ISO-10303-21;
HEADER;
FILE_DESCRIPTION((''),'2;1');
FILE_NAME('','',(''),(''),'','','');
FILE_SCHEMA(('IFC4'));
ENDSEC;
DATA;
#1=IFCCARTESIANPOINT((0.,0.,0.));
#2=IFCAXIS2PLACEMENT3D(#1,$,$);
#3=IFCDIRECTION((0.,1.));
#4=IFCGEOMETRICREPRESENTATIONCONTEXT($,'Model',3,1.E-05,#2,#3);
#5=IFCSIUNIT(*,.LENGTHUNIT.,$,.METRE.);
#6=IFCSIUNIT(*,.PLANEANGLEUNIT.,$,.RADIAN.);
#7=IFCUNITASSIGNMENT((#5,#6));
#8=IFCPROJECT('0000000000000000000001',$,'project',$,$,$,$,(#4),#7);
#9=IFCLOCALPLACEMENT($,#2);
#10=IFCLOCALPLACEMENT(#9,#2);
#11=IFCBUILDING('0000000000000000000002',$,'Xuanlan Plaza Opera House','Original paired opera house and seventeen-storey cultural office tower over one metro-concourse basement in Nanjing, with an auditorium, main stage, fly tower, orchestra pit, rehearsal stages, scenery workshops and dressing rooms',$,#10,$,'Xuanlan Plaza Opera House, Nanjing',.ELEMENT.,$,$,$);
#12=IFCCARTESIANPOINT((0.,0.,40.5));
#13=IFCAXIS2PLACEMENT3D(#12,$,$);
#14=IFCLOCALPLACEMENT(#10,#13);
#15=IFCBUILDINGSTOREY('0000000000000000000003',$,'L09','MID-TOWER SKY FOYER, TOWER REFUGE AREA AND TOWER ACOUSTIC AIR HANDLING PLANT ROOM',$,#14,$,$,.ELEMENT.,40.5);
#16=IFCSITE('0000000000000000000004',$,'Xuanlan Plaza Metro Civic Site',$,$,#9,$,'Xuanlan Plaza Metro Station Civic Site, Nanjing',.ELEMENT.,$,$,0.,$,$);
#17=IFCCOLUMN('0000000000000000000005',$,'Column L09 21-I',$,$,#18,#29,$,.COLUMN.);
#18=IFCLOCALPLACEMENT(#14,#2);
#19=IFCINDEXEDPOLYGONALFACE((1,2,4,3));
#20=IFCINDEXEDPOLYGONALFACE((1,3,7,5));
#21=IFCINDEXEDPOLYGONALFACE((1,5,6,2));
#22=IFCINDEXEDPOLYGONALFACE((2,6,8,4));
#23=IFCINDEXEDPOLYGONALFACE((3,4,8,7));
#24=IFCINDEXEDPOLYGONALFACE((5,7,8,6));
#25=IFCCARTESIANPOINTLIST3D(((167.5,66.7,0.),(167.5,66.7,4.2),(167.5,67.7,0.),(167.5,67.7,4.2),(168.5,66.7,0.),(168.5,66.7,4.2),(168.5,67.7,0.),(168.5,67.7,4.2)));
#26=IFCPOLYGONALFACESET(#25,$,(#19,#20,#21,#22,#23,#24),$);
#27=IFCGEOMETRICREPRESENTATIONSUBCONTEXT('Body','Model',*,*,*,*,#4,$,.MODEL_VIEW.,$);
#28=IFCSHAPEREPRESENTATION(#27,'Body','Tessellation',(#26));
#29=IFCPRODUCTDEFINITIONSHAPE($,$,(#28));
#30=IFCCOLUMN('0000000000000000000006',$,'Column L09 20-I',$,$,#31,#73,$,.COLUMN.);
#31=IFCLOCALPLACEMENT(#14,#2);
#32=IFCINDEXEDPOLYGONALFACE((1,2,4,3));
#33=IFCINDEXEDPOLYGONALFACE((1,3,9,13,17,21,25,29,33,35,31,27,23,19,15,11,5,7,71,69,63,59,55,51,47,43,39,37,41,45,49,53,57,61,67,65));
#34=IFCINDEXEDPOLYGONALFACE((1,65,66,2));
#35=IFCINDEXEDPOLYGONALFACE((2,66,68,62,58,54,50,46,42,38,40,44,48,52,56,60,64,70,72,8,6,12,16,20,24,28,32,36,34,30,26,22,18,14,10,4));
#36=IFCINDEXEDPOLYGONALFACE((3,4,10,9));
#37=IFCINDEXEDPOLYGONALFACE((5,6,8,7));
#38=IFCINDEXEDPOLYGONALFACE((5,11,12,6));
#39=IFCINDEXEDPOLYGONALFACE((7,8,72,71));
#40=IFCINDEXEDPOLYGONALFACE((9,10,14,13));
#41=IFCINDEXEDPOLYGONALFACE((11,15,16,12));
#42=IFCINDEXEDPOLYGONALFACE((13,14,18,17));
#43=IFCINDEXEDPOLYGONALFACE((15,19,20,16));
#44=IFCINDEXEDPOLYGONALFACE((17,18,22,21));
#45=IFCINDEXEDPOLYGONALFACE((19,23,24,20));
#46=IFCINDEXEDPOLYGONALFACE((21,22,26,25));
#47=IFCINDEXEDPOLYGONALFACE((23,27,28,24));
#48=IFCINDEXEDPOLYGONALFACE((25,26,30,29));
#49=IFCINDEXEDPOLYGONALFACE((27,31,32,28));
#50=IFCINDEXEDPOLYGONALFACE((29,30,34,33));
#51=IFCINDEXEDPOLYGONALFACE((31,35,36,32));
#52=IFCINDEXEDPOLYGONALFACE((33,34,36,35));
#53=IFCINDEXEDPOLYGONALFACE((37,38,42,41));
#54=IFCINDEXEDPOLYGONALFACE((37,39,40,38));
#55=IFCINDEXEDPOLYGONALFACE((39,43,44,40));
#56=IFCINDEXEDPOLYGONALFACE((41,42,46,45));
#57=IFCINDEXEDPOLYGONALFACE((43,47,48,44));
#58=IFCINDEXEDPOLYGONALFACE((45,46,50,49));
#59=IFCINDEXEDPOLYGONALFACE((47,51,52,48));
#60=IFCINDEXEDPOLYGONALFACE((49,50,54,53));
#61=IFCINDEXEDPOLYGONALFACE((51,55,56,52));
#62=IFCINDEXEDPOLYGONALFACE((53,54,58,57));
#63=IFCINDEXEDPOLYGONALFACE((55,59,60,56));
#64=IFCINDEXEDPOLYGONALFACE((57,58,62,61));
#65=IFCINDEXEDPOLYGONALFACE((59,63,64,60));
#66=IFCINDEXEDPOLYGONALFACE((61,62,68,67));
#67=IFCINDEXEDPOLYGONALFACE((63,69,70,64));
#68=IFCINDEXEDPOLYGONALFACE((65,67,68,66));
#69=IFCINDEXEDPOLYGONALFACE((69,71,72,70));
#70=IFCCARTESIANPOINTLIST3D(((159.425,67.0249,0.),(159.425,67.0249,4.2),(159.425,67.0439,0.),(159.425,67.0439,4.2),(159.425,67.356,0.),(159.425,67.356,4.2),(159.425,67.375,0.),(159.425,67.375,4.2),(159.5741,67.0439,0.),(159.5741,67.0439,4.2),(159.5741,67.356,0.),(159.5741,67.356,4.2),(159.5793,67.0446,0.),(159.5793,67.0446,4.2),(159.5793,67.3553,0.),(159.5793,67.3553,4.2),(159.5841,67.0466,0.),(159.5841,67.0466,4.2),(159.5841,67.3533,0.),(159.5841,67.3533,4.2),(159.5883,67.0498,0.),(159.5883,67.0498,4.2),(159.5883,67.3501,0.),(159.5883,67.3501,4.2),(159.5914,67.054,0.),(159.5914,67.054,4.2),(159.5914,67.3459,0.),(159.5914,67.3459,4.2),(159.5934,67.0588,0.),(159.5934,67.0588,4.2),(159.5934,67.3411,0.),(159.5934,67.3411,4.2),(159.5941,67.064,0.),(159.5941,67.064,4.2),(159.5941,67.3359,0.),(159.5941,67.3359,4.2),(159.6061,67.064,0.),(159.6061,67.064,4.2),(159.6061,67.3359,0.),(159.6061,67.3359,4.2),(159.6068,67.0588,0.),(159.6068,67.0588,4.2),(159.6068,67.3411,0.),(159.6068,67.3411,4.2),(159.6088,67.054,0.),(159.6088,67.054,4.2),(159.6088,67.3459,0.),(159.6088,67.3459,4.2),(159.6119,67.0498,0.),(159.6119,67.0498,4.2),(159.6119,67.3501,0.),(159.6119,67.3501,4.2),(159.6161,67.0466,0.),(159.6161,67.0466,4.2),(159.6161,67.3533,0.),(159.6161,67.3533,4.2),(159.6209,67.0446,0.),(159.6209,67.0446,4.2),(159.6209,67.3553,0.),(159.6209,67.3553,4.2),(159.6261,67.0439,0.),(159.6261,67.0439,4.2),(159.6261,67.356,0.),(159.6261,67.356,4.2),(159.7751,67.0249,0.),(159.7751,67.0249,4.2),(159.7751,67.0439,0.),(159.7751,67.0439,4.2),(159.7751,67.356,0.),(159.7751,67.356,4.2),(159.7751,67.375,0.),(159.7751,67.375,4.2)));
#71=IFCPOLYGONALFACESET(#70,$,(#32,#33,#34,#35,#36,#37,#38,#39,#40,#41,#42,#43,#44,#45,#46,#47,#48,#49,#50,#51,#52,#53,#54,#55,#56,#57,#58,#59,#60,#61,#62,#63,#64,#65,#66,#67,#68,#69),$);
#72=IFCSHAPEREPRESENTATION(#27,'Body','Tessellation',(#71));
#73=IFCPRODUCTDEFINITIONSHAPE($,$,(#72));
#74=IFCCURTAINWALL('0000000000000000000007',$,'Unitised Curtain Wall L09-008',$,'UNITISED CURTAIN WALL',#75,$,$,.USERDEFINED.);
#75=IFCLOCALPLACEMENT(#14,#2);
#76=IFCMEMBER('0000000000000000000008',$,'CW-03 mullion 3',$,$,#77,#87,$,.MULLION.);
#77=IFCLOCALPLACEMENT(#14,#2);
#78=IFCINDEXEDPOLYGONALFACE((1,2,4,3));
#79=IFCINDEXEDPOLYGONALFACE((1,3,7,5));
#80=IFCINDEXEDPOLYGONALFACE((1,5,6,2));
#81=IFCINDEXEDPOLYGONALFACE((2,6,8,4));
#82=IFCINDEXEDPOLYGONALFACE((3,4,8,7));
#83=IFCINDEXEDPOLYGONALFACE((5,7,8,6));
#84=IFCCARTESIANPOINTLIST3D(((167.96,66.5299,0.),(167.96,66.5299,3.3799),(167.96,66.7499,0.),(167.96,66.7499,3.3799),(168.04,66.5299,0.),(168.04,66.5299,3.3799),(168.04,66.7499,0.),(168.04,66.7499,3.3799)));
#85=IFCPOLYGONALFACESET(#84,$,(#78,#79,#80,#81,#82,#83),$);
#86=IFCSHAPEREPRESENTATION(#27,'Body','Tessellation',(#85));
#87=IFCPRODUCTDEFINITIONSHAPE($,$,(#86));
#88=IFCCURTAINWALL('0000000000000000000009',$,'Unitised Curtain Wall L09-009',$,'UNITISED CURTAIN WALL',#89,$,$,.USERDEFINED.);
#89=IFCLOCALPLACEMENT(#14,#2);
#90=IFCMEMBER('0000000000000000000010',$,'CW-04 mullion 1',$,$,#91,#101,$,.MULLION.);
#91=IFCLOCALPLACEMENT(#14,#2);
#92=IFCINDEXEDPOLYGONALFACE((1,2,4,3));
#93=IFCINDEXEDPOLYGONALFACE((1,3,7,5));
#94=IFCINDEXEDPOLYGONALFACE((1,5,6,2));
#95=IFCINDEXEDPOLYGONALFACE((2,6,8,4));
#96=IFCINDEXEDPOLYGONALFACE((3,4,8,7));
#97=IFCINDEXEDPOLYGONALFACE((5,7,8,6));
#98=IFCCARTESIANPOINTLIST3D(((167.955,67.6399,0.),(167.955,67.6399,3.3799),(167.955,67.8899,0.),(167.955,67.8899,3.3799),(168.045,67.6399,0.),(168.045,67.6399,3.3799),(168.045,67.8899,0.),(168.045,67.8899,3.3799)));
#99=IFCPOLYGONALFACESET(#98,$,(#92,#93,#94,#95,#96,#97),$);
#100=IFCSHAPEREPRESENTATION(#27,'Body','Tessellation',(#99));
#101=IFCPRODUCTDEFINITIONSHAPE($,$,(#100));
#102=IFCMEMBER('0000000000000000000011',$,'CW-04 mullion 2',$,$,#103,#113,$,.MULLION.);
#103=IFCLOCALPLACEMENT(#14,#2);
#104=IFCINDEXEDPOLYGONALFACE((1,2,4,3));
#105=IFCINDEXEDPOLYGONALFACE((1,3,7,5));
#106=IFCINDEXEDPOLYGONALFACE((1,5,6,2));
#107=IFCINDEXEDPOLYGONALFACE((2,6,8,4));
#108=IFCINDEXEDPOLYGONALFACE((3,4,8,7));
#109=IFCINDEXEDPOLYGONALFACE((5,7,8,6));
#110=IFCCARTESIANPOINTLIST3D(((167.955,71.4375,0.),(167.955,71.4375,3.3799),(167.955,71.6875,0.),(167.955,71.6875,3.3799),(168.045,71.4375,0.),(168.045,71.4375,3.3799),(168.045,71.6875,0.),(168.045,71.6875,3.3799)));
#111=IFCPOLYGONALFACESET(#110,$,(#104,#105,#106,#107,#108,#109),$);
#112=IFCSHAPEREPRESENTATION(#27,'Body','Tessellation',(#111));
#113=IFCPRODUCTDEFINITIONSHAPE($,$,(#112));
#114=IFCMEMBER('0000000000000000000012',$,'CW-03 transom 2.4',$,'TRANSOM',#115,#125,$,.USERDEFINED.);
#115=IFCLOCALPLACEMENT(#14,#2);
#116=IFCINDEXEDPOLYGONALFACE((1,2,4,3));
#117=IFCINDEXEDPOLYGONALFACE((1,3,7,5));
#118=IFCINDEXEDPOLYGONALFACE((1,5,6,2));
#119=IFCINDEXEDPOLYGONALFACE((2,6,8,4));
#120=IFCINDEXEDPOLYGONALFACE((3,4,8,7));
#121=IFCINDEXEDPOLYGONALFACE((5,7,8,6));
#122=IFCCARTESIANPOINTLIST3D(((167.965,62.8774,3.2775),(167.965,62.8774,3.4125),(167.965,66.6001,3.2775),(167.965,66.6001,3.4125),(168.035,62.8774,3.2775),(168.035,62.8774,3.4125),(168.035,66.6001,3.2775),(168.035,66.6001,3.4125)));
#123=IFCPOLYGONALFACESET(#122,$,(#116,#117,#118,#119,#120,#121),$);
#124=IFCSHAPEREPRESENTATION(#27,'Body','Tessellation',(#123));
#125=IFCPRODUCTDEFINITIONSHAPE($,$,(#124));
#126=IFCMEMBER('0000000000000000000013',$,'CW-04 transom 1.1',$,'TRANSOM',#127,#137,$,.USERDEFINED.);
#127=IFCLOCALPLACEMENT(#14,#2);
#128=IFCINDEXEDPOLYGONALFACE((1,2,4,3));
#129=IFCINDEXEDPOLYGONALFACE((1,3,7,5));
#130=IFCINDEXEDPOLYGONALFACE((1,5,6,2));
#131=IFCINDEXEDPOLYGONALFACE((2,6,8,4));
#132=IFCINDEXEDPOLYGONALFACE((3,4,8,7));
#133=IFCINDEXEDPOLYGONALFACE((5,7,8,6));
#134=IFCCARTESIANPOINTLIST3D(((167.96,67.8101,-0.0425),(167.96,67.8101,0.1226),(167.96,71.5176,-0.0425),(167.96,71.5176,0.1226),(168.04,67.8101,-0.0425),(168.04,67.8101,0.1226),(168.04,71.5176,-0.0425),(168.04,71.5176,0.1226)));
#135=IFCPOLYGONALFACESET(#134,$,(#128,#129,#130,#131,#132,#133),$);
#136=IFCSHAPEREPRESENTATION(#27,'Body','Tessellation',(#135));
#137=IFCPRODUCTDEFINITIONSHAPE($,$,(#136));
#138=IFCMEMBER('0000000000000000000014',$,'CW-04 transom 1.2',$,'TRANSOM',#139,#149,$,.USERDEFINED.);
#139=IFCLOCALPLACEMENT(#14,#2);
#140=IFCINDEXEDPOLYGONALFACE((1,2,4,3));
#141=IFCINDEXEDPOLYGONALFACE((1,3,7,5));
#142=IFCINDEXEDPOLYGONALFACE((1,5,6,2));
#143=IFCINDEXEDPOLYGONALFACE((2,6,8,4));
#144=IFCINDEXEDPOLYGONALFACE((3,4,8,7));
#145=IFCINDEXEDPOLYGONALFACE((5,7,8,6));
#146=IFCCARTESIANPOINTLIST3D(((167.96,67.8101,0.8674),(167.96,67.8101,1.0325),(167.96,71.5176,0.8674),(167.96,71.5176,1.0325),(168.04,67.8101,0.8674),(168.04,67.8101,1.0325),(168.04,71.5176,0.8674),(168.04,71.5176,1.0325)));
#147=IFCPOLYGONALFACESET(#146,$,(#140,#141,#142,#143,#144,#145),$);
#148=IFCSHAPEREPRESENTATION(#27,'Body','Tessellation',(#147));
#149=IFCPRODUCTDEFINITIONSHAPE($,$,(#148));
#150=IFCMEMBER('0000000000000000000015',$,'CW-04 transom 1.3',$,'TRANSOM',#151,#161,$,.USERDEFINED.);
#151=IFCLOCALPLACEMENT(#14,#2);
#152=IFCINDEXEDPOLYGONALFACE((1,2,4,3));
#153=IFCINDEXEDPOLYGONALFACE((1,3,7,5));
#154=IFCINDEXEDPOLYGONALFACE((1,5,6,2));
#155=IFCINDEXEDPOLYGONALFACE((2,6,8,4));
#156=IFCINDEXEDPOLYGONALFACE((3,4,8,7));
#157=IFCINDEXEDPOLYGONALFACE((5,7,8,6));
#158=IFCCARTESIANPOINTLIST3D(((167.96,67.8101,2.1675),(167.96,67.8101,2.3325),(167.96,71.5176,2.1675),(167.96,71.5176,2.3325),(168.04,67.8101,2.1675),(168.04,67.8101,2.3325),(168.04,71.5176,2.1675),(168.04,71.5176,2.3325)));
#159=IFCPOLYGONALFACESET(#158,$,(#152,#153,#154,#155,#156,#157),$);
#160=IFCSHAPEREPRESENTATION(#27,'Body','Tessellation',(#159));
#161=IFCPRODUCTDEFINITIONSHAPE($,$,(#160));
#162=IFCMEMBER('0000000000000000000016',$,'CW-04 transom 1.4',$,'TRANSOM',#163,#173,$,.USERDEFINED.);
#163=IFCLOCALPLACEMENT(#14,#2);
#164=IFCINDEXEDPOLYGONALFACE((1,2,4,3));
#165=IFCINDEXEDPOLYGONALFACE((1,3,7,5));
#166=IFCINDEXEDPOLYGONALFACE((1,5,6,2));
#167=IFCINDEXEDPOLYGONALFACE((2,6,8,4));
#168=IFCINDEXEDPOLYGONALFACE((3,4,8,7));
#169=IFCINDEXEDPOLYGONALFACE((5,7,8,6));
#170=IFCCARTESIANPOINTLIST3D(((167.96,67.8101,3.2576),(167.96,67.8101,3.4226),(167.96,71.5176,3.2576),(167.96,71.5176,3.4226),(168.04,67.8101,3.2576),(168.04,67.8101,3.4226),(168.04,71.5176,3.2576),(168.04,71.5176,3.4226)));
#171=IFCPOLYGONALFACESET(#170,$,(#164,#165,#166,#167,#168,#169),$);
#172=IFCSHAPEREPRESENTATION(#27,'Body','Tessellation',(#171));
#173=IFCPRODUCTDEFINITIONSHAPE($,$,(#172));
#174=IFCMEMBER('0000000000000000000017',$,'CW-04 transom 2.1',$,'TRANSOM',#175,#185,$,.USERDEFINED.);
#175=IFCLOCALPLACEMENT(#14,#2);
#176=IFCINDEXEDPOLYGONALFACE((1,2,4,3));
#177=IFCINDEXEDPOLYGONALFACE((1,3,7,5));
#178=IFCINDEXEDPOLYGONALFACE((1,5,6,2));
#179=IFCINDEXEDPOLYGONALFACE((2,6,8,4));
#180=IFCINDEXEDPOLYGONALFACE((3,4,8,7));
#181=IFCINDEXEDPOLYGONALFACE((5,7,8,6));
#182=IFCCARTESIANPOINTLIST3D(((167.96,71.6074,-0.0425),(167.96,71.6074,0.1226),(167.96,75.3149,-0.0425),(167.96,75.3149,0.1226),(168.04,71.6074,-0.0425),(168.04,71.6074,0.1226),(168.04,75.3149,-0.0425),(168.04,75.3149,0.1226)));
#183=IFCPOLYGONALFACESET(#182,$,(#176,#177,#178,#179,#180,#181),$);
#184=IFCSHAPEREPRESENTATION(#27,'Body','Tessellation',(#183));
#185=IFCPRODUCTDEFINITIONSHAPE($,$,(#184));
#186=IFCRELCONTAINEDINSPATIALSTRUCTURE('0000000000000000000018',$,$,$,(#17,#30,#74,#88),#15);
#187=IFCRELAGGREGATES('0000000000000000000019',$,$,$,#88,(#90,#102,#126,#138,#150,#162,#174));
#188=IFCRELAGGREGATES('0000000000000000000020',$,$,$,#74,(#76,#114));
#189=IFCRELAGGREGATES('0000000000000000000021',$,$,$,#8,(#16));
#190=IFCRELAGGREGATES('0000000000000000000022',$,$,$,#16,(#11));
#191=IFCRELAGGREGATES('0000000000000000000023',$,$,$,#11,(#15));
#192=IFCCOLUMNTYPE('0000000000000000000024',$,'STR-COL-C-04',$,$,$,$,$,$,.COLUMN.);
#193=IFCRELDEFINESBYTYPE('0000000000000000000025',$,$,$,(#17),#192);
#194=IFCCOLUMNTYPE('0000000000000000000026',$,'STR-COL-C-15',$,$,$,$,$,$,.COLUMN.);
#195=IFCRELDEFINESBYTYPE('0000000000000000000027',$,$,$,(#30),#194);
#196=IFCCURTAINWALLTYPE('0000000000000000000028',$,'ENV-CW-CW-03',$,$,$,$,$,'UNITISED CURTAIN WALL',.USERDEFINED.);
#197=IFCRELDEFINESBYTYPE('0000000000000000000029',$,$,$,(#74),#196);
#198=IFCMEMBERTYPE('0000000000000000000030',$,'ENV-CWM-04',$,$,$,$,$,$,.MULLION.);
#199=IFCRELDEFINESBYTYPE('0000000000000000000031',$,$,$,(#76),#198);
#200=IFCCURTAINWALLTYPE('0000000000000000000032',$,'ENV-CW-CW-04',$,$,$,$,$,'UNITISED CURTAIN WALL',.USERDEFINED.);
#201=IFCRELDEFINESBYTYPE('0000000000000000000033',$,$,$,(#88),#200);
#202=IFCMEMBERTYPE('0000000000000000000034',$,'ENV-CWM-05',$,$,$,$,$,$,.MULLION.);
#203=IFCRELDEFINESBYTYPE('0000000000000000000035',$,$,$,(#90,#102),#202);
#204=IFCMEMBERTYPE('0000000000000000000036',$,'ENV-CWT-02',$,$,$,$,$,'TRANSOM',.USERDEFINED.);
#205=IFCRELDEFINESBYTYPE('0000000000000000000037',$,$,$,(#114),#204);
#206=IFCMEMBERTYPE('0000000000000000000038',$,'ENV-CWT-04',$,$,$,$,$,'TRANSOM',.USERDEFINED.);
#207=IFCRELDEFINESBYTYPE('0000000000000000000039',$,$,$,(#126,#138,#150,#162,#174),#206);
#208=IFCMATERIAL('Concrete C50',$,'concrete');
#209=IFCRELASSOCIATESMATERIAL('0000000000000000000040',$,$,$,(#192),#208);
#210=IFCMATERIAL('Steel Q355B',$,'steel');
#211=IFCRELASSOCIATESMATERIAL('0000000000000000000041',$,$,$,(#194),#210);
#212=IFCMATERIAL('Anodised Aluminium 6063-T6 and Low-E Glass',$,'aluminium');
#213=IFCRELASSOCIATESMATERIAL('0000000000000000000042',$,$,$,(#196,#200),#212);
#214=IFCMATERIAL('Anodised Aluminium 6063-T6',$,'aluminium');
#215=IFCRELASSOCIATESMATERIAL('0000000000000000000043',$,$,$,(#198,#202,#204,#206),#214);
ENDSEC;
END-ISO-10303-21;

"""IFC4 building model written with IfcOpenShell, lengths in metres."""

from ifc_helpers import new_model, si_unit, direction, frame, origin, origin_2d, place, context, subcontext, project, spatial, rectangle, i_section, extrude, material, material_profile, profile_set, type_object, element, aggregate, save


model = new_model("IFC4")

# Units and contexts
model_context = context("Model", 3, precision=1e-05, world=origin(), true_north=direction((0.0, 1.0)))
body_context = subcontext(model_context, "Body", "Model", "MODEL_VIEW")
ifc_project = project(units=[si_unit("LENGTHUNIT", "METRE"), si_unit("PLANEANGLEUNIT", "RADIAN")], contexts=[model_context])

# Site, building, storey
site_placement = place(None, origin())
site = spatial("IfcSite", under=ifc_project, at=site_placement, Name="Xuanlan Plaza Metro Civic Site", LongName="Xuanlan Plaza Metro Station Civic Site, Nanjing", CompositionType="ELEMENT", RefElevation=0.0)
building_placement = place(site_placement, origin())
building = spatial("IfcBuilding", under=site, at=building_placement, Name="Xuanlan Plaza Opera House", Description="Original paired opera house and seventeen-storey cultural office tower over one metro-concourse basement in Nanjing, with an auditorium, main stage, fly tower, orchestra pit, rehearsal stages, scenery workshops and dressing rooms", LongName="Xuanlan Plaza Opera House, Nanjing", CompositionType="ELEMENT")
storey_placement = place(building_placement, frame((0.0, 0.0, 40.5)))
storey = spatial("IfcBuildingStorey", under=building, at=storey_placement, Name="L09", Description="MID-TOWER SKY FOYER, TOWER REFUGE AREA AND TOWER ACOUSTIC AIR HANDLING PLANT ROOM", CompositionType="ELEMENT", Elevation=40.5)

# Columns
ifc_material_1 = material(Name="Concrete C50", Category="concrete")
ifc_material_profile_1 = material_profile(ifc_material_1, rectangle(XDim=1.0, YDim=1.0, at=origin_2d()), Name="RC-COL 1000x1000")
ifc_profile_set_1 = profile_set([ifc_material_profile_1], Name="Concrete C50")
column_type_1 = type_object("IfcColumnType", Name="STR-COL-C-04", PredefinedType="COLUMN", material=ifc_profile_set_1)
column_1_placement = place(storey_placement, frame((168.0, 67.2, 0.0), z_axis=(0.0, 0.0, 1.0), x_axis=(1.0, 0.0, 0.0)))
element("IfcColumn", 1, at=column_1_placement, inside=storey, type_object=column_type_1, Name="Column L09 21-I", PredefinedType="COLUMN", context=body_context, shape_type="SweptSolid", body=[
    extrude(rectangle(XDim=1.0, YDim=1.0, at=origin_2d()), origin(), (0.0, 0.0, 1.0), 4.2),
])
ifc_material_2 = material(Name="Steel Q355B", Category="steel")
ifc_material_profile_2 = material_profile(ifc_material_2, i_section(OverallWidth=0.3501, OverallDepth=0.3501, WebThickness=0.012, FlangeThickness=0.019, FilletRadius=0.02, at=origin_2d()), Name="HW 350x350x12x19")
ifc_profile_set_2 = profile_set([ifc_material_profile_2], Name="Steel Q355B")
column_type_2 = type_object("IfcColumnType", Name="STR-COL-C-15", PredefinedType="COLUMN", material=ifc_profile_set_2)
column_2_placement = place(storey_placement, frame((159.6001, 67.2, 0.0), z_axis=(0.0, 0.0, 1.0), x_axis=(1.0, 0.0, 0.0)))
element("IfcColumn", 2, at=column_2_placement, inside=storey, type_object=column_type_2, Name="Column L09 20-I", PredefinedType="COLUMN", context=body_context, shape_type="SweptSolid", body=[
    extrude(i_section(OverallWidth=0.3501, OverallDepth=0.3501, WebThickness=0.012, FlangeThickness=0.019, FilletRadius=0.02, at=origin_2d()), origin(), (0.0, 0.0, 1.0), 4.2),
])

# Curtain wall, member
ifc_material_3 = material(Name="Anodised Aluminium 6063-T6 and Low-E Glass", Category="aluminium")
curtain_wall_type_1 = type_object("IfcCurtainWallType", Name="ENV-CW-CW-03", ElementType="UNITISED CURTAIN WALL", PredefinedType="USERDEFINED", material=ifc_material_3)
curtain_wall_1_placement = place(storey_placement, origin())
curtain_wall_1 = element("IfcCurtainWall", 3, at=curtain_wall_1_placement, inside=storey, type_object=curtain_wall_type_1, Name="Unitised Curtain Wall L09-008", ObjectType="UNITISED CURTAIN WALL", PredefinedType="USERDEFINED")
ifc_material_4 = material(Name="Anodised Aluminium 6063-T6", Category="aluminium")
ifc_material_profile_3 = material_profile(ifc_material_4, rectangle(XDim=0.0801, YDim=0.22, at=origin_2d()), Name="ALU-M 80x220")
ifc_profile_set_3 = profile_set([ifc_material_profile_3], Name="Anodised Aluminium 6063-T6")
member_type_1 = type_object("IfcMemberType", Name="ENV-CWM-04", PredefinedType="MULLION", material=ifc_profile_set_3)
member_1_placement = place(storey_placement, frame((168.0, 66.6399, 0.0), z_axis=(0.0, 0.0, 1.0), x_axis=(-1.0, 0.0, 0.0)))
member_1 = element("IfcMember", 4, at=member_1_placement, type_object=member_type_1, Name="CW-03 mullion 3", PredefinedType="MULLION", context=body_context, shape_type="SweptSolid", body=[
    extrude(rectangle(XDim=0.0801, YDim=0.22, at=origin_2d()), origin(), (0.0, 0.0, 1.0), 3.3799),
])

# Curtain wall, members
curtain_wall_type_2 = type_object("IfcCurtainWallType", Name="ENV-CW-CW-04", ElementType="UNITISED CURTAIN WALL", PredefinedType="USERDEFINED", material=ifc_material_3)
curtain_wall_2_placement = place(storey_placement, origin())
curtain_wall_2 = element("IfcCurtainWall", 5, at=curtain_wall_2_placement, inside=storey, type_object=curtain_wall_type_2, Name="Unitised Curtain Wall L09-009", ObjectType="UNITISED CURTAIN WALL", PredefinedType="USERDEFINED")
ifc_material_profile_4 = material_profile(ifc_material_4, rectangle(XDim=0.0901, YDim=0.25, at=origin_2d()), Name="ALU-M 90x250")
ifc_profile_set_4 = profile_set([ifc_material_profile_4], Name="Anodised Aluminium 6063-T6")
member_type_2 = type_object("IfcMemberType", Name="ENV-CWM-05", PredefinedType="MULLION", material=ifc_profile_set_4)
member_2_placement = place(storey_placement, frame((168.0, 67.7649, 0.0), z_axis=(0.0, 0.0, 1.0), x_axis=(-1.0, 0.0, 0.0)))
member_2 = element("IfcMember", 6, at=member_2_placement, type_object=member_type_2, Name="CW-04 mullion 1", PredefinedType="MULLION", context=body_context, shape_type="SweptSolid", body=[
    extrude(rectangle(XDim=0.0901, YDim=0.25, at=origin_2d()), origin(), (0.0, 0.0, 1.0), 3.3799),
])
member_3_placement = place(storey_placement, frame((168.0, 71.5625, 0.0), z_axis=(0.0, 0.0, 1.0), x_axis=(-1.0, 0.0, 0.0)))
member_3 = element("IfcMember", 7, at=member_3_placement, type_object=member_type_2, Name="CW-04 mullion 2", PredefinedType="MULLION", context=body_context, shape_type="SweptSolid", body=[
    extrude(rectangle(XDim=0.0901, YDim=0.25, at=origin_2d()), origin(), (0.0, 0.0, 1.0), 3.3799),
])

# Members
ifc_material_profile_5 = material_profile(ifc_material_4, rectangle(XDim=0.0701, YDim=0.135, at=origin_2d()), Name="ALU-T 70x135")
ifc_profile_set_5 = profile_set([ifc_material_profile_5], Name="Anodised Aluminium 6063-T6")
member_type_3 = type_object("IfcMemberType", Name="ENV-CWT-02", ElementType="TRANSOM", PredefinedType="USERDEFINED", material=ifc_profile_set_5)
member_4_placement = place(storey_placement, frame((168.0, 62.8774, 3.345), z_axis=(0.0, 1.0, 0.0), x_axis=(-1.0, 0.0, 0.0)))
member_4 = element("IfcMember", 8, at=member_4_placement, type_object=member_type_3, Name="CW-03 transom 2.4", ObjectType="TRANSOM", PredefinedType="USERDEFINED", context=body_context, shape_type="SweptSolid", body=[
    extrude(rectangle(XDim=0.0701, YDim=0.135, at=origin_2d()), origin(), (0.0, 0.0, 1.0), 3.7227),
])
ifc_material_profile_6 = material_profile(ifc_material_4, rectangle(XDim=0.0801, YDim=0.165, at=origin_2d()), Name="ALU-T 80x165")
ifc_profile_set_6 = profile_set([ifc_material_profile_6], Name="Anodised Aluminium 6063-T6")
member_type_4 = type_object("IfcMemberType", Name="ENV-CWT-04", ElementType="TRANSOM", PredefinedType="USERDEFINED", material=ifc_profile_set_6)
member_5_placement = place(storey_placement, frame((168.0, 67.8101, 0.04), z_axis=(0.0, 1.0, 0.0), x_axis=(-1.0, 0.0, 0.0)))
member_5 = element("IfcMember", 9, at=member_5_placement, type_object=member_type_4, Name="CW-04 transom 1.1", ObjectType="TRANSOM", PredefinedType="USERDEFINED", context=body_context, shape_type="SweptSolid", body=[
    extrude(rectangle(XDim=0.0801, YDim=0.165, at=origin_2d()), origin(), (0.0, 0.0, 1.0), 3.7075),
])
member_6_placement = place(storey_placement, frame((168.0, 67.8101, 0.95), z_axis=(0.0, 1.0, 0.0), x_axis=(-1.0, 0.0, 0.0)))
member_6 = element("IfcMember", 10, at=member_6_placement, type_object=member_type_4, Name="CW-04 transom 1.2", ObjectType="TRANSOM", PredefinedType="USERDEFINED", context=body_context, shape_type="SweptSolid", body=[
    extrude(rectangle(XDim=0.0801, YDim=0.165, at=origin_2d()), origin(), (0.0, 0.0, 1.0), 3.7075),
])
member_7_placement = place(storey_placement, frame((168.0, 67.8101, 2.25), z_axis=(0.0, 1.0, 0.0), x_axis=(-1.0, 0.0, 0.0)))
member_7 = element("IfcMember", 11, at=member_7_placement, type_object=member_type_4, Name="CW-04 transom 1.3", ObjectType="TRANSOM", PredefinedType="USERDEFINED", context=body_context, shape_type="SweptSolid", body=[
    extrude(rectangle(XDim=0.0801, YDim=0.165, at=origin_2d()), origin(), (0.0, 0.0, 1.0), 3.7075),
])
member_8_placement = place(storey_placement, frame((168.0, 67.8101, 3.3401), z_axis=(0.0, 1.0, 0.0), x_axis=(-1.0, 0.0, 0.0)))
member_8 = element("IfcMember", 12, at=member_8_placement, type_object=member_type_4, Name="CW-04 transom 1.4", ObjectType="TRANSOM", PredefinedType="USERDEFINED", context=body_context, shape_type="SweptSolid", body=[
    extrude(rectangle(XDim=0.0801, YDim=0.165, at=origin_2d()), origin(), (0.0, 0.0, 1.0), 3.7075),
])
member_9_placement = place(storey_placement, frame((168.0, 71.6074, 0.04), z_axis=(0.0, 1.0, 0.0), x_axis=(-1.0, 0.0, 0.0)))
member_9 = element("IfcMember", 13, at=member_9_placement, type_object=member_type_4, Name="CW-04 transom 2.1", ObjectType="TRANSOM", PredefinedType="USERDEFINED", context=body_context, shape_type="SweptSolid", body=[
    extrude(rectangle(XDim=0.0801, YDim=0.165, at=origin_2d()), origin(), (0.0, 0.0, 1.0), 3.7075),
])

aggregate(curtain_wall_2, [member_2, member_3, member_5, member_6, member_7, member_8, member_9])
aggregate(curtain_wall_1, [member_1, member_4])

save(model, "model.ifc")
